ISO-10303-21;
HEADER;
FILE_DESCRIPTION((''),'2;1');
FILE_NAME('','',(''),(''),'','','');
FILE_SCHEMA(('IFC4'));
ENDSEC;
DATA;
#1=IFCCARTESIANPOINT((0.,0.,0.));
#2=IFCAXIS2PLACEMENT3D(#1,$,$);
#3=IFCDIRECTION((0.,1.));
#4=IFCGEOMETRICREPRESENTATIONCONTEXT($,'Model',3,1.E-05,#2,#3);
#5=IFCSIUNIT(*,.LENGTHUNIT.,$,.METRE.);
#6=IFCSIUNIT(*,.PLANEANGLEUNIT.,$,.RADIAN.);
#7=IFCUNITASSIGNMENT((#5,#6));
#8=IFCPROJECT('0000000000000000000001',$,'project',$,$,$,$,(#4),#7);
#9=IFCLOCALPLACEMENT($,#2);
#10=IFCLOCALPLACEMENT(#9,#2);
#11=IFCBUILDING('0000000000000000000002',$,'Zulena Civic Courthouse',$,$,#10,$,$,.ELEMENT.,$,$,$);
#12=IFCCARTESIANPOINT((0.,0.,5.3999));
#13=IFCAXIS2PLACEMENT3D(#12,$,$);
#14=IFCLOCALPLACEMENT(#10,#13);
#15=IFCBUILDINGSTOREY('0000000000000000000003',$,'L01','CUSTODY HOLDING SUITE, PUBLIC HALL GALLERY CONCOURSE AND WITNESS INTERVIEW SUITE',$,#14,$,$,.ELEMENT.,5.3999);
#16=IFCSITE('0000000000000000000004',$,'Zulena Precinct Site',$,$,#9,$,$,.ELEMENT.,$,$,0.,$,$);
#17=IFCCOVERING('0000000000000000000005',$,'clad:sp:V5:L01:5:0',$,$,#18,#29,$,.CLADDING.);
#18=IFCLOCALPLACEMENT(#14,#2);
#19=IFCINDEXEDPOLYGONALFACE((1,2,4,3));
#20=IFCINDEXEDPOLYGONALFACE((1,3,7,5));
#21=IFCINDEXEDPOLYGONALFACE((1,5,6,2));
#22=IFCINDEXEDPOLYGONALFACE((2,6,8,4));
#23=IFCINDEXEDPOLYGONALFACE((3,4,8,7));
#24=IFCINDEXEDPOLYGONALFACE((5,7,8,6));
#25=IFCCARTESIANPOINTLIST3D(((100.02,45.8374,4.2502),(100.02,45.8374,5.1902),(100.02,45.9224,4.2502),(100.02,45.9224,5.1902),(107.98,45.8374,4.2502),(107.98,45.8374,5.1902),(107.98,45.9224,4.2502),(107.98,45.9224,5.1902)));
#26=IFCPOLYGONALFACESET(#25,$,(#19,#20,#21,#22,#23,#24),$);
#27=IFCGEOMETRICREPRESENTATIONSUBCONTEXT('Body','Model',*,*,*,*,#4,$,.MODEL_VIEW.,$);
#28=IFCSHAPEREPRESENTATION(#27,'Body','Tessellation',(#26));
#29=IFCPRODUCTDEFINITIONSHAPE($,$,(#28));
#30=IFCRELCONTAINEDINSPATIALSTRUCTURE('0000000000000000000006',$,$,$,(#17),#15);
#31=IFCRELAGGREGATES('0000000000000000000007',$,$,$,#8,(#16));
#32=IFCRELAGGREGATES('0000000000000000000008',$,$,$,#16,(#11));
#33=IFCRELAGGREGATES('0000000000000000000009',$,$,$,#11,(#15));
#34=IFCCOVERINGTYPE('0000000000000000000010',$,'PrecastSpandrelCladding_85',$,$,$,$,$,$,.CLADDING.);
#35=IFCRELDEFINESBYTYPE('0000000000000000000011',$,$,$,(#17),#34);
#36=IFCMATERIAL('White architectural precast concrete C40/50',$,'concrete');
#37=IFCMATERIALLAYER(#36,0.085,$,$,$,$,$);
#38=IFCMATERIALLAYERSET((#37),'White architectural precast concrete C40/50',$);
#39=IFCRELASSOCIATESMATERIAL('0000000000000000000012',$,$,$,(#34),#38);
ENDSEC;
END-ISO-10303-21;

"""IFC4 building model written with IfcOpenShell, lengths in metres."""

from ifc_helpers import new_model, si_unit, direction, frame, origin, origin_2d, place, context, subcontext, project, spatial, rectangle, extrude, material, layer, layer_set, type_object, element, save


model = new_model("IFC4")

# Units and contexts
model_context = context("Model", 3, precision=1e-05, world=origin(), true_north=direction((0.0, 1.0)))
body_context = subcontext(model_context, "Body", "Model", "MODEL_VIEW")
ifc_project = project(units=[si_unit("LENGTHUNIT", "METRE"), si_unit("PLANEANGLEUNIT", "RADIAN")], contexts=[model_context])

# Site, building, storey
site_placement = place(None, origin())
site = spatial("IfcSite", under=ifc_project, at=site_placement, Name="Zulena Precinct Site", CompositionType="ELEMENT", RefElevation=0.0)
building_placement = place(site_placement, origin())
building = spatial("IfcBuilding", under=site, at=building_placement, Name="Zulena Civic Courthouse", CompositionType="ELEMENT")
storey_placement = place(building_placement, frame((0.0, 0.0, 5.3999)))
storey = spatial("IfcBuildingStorey", under=building, at=storey_placement, Name="L01", Description="CUSTODY HOLDING SUITE, PUBLIC HALL GALLERY CONCOURSE AND WITNESS INTERVIEW SUITE", CompositionType="ELEMENT", Elevation=5.3999)

# Covering
ifc_material_1 = material(Name="White architectural precast concrete C40/50", Category="concrete")
ifc_layer_1 = layer(ifc_material_1, 0.085)
ifc_layer_set_1 = layer_set([ifc_layer_1], Name="White architectural precast concrete C40/50")
covering_type = type_object("IfcCoveringType", Name="PrecastSpandrelCladding_85", PredefinedType="CLADDING", material=ifc_layer_set_1)
covering_placement = place(storey_placement, frame((104.0, 45.8799, 4.2502), z_axis=(0.0, 0.0, 1.0), x_axis=(-1.0, 0.0, 0.0)))
element("IfcCovering", 1, at=covering_placement, inside=storey, type_object=covering_type, Name="clad:sp:V5:L01:5:0", PredefinedType="CLADDING", context=body_context, shape_type="SweptSolid", body=[
    extrude(rectangle(XDim=7.96, YDim=0.085, at=origin_2d()), origin(), (0.0, 0.0, 1.0), 0.9399),
])

save(model, "model.ifc")
